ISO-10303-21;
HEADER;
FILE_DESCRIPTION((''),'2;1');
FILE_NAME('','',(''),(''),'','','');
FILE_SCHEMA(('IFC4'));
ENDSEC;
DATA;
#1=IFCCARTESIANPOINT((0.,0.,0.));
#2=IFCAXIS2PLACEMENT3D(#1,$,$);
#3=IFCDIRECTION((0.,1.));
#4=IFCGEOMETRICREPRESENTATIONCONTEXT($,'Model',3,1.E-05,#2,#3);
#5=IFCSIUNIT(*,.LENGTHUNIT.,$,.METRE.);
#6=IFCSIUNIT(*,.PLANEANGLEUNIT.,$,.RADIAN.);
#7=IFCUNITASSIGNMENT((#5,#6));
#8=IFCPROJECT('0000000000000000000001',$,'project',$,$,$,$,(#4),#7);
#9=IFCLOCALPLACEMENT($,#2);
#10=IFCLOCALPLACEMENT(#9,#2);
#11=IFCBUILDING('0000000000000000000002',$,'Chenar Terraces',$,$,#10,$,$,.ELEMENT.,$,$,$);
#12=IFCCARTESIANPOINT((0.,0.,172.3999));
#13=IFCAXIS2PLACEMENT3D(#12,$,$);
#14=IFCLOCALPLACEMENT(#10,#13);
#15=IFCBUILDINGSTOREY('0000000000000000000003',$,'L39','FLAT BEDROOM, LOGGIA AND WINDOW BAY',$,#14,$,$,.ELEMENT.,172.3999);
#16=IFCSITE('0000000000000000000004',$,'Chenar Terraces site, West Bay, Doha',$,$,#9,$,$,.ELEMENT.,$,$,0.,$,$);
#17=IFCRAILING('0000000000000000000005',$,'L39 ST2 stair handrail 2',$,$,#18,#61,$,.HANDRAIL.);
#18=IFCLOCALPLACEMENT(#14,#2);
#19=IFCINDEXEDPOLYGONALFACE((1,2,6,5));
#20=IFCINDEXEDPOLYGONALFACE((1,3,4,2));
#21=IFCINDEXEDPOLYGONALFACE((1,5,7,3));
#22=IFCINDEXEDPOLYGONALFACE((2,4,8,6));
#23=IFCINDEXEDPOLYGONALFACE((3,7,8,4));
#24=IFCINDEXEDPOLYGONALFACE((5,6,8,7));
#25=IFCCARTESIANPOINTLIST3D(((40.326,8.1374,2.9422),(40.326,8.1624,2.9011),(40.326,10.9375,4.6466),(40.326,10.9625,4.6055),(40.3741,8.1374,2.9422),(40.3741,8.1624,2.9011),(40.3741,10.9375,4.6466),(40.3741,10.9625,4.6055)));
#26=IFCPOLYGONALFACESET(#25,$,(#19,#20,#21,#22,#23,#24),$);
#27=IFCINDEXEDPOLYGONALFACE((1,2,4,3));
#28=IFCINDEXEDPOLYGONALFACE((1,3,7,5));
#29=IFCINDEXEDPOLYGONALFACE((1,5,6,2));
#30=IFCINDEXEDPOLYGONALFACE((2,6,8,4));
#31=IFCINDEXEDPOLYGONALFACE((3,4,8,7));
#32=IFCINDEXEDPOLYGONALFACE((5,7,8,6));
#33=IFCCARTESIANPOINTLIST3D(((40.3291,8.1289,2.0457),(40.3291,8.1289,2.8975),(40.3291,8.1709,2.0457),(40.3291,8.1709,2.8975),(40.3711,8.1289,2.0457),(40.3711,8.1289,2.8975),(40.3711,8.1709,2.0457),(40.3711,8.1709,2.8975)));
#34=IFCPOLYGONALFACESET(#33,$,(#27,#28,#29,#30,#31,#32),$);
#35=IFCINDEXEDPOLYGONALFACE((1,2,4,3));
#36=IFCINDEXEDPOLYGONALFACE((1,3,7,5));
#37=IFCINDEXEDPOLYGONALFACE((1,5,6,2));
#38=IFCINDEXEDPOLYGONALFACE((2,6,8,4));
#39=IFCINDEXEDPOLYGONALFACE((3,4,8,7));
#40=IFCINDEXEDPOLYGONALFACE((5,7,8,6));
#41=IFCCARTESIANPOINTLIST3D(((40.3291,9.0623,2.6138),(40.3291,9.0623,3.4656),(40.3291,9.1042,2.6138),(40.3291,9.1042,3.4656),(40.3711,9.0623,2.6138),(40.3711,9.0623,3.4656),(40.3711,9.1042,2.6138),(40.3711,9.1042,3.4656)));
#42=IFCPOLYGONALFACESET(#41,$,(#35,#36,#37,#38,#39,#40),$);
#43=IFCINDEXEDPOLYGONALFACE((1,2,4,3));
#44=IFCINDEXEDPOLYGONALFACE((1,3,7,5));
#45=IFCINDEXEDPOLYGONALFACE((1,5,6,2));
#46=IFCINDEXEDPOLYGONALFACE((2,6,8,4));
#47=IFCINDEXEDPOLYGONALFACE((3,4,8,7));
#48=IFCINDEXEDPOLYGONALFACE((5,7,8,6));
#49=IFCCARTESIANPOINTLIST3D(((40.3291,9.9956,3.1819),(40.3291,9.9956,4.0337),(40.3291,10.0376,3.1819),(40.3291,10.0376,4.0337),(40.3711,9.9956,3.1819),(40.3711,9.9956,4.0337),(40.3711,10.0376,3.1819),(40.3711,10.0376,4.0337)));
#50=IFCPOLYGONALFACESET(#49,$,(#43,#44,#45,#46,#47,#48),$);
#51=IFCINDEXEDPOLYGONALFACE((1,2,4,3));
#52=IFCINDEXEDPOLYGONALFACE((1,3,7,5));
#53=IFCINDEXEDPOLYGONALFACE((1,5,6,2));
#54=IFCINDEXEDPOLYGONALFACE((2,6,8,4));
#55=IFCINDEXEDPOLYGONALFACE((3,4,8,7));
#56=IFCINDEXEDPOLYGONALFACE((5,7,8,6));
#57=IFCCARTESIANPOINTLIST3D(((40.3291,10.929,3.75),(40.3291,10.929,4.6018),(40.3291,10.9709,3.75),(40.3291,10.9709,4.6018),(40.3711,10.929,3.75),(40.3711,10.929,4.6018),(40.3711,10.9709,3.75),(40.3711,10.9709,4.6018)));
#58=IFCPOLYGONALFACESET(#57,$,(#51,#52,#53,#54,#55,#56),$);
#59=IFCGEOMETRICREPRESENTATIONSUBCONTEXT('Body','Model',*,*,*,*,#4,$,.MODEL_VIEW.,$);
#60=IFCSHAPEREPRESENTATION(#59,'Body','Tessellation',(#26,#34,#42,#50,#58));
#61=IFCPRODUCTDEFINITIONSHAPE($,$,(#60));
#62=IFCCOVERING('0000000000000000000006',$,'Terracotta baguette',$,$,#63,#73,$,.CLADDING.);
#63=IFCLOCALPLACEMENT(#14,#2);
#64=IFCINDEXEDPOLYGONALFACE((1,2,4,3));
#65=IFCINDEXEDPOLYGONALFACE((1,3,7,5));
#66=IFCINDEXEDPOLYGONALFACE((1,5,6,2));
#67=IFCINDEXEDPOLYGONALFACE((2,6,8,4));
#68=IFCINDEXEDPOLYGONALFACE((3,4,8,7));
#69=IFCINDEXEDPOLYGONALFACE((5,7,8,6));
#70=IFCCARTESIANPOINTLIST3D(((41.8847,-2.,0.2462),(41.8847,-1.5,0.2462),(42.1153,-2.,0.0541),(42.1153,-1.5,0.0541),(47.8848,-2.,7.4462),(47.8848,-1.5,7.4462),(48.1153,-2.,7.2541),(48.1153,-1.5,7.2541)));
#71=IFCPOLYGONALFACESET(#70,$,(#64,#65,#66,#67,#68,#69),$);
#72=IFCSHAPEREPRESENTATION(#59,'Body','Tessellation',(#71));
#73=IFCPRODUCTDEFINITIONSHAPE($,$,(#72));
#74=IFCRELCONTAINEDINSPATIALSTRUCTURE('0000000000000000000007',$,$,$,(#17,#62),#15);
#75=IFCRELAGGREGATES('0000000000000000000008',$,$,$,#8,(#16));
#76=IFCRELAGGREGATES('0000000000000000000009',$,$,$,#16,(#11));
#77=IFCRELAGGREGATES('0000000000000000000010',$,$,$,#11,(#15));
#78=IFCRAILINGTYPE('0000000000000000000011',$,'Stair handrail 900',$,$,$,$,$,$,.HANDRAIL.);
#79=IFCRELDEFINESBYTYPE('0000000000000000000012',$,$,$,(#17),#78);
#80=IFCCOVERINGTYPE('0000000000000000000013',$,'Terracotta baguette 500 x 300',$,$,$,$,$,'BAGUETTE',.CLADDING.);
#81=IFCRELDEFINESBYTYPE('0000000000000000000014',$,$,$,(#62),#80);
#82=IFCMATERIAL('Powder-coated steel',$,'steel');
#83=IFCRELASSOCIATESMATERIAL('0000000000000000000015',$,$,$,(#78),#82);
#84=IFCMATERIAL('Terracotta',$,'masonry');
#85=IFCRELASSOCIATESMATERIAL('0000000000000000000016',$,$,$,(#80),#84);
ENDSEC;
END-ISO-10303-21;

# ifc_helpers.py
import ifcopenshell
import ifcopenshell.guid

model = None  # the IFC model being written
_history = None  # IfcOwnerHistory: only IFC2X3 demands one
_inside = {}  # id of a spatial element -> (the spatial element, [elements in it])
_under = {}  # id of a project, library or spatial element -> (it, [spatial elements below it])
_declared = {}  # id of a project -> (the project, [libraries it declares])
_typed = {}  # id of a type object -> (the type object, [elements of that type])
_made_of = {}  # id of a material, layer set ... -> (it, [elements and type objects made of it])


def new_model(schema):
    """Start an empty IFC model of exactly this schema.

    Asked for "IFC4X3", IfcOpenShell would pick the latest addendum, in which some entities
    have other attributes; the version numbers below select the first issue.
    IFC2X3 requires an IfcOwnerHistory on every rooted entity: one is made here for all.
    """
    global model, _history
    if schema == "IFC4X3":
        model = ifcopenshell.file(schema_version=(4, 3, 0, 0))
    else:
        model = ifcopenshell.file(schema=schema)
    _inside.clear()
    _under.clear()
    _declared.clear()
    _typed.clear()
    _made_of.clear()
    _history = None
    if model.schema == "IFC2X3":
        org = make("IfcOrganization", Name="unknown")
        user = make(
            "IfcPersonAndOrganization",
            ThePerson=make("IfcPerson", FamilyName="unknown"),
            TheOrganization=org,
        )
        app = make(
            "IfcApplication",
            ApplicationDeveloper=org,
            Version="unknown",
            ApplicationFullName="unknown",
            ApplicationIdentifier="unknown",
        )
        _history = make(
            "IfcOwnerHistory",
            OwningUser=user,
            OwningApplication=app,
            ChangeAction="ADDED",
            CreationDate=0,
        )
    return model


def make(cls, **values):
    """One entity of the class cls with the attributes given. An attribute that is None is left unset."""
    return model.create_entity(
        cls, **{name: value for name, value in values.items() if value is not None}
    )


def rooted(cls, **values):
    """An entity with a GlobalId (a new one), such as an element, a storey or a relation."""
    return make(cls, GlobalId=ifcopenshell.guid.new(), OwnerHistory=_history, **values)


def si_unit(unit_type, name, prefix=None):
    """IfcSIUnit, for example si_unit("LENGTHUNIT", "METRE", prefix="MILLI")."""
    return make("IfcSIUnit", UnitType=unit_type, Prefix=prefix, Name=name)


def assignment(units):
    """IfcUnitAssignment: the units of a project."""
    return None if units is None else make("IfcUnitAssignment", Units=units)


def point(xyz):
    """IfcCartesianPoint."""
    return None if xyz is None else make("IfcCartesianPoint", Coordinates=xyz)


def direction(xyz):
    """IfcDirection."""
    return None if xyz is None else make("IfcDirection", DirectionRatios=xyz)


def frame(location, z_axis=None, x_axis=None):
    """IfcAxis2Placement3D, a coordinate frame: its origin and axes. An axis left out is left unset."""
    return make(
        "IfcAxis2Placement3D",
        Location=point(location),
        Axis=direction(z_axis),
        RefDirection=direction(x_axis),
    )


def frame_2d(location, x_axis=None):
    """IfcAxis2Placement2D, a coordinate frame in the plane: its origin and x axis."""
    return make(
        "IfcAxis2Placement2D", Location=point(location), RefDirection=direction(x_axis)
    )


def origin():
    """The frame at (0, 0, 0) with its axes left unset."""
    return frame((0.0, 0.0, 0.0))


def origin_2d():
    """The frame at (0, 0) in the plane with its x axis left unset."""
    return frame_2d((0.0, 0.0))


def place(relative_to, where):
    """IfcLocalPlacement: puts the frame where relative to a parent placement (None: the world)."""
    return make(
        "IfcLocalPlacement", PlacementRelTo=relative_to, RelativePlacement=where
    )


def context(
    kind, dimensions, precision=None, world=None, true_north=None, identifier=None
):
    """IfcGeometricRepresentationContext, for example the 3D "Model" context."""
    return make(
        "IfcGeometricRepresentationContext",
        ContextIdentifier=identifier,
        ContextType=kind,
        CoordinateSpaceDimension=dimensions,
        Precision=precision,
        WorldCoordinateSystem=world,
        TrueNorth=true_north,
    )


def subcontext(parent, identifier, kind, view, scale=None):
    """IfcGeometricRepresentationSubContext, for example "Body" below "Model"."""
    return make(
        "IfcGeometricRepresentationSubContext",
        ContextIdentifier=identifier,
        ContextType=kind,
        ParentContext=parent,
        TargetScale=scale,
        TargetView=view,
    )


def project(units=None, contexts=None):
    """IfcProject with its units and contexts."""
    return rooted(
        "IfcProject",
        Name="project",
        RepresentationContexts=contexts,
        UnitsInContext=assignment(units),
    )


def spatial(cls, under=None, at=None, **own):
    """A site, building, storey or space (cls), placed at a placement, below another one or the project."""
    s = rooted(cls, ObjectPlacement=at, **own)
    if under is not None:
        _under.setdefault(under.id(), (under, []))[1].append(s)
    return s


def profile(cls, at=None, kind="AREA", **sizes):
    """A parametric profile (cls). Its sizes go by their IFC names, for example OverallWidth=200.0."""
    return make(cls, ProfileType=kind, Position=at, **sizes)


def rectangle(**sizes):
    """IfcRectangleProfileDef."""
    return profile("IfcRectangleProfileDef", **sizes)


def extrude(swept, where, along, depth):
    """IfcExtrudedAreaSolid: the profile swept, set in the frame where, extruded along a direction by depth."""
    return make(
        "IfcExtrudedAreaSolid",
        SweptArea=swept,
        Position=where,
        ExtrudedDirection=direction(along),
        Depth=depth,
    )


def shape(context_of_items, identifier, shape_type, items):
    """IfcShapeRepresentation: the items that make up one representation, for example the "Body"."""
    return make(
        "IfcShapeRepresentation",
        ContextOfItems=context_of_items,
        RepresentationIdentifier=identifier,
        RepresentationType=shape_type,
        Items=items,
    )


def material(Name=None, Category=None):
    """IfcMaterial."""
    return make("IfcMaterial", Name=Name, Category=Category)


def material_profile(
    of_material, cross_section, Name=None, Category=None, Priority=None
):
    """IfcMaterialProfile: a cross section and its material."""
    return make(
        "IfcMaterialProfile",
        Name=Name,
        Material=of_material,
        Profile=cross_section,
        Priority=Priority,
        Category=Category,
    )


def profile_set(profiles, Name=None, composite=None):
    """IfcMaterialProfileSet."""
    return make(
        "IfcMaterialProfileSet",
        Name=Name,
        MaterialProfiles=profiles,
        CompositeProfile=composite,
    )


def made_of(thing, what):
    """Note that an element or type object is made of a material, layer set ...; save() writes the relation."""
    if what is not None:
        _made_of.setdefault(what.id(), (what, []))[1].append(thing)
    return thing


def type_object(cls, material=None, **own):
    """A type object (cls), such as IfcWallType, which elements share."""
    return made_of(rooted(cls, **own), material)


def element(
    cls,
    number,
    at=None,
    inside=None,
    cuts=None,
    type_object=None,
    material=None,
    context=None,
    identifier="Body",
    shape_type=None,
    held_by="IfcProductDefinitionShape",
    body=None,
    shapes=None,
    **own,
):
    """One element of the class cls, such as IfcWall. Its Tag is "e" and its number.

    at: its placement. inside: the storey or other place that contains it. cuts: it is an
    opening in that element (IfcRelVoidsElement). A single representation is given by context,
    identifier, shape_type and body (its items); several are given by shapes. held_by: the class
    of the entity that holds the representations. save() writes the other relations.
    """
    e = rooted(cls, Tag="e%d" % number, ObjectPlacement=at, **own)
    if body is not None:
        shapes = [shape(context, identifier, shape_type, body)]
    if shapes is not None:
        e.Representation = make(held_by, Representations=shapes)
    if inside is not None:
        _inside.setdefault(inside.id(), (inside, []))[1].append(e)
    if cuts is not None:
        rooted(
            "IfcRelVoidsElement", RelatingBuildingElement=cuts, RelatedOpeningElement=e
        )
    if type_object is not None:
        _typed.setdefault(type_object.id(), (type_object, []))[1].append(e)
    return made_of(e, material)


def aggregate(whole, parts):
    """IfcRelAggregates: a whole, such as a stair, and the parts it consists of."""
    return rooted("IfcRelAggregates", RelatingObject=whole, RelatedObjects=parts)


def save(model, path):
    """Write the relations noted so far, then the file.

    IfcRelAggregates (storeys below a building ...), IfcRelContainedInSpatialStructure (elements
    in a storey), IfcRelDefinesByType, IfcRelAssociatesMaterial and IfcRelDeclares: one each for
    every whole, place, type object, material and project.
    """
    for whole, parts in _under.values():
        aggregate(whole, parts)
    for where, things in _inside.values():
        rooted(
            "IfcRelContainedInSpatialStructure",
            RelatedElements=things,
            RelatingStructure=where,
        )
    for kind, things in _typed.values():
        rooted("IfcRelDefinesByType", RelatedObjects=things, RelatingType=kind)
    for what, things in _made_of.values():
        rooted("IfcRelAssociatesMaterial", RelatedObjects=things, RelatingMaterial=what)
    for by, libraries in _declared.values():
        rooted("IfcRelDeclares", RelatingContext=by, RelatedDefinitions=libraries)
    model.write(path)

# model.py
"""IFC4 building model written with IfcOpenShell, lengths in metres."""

from ifc_helpers import new_model, si_unit, direction, frame, origin, origin_2d, place, context, subcontext, project, spatial, rectangle, extrude, material, material_profile, profile_set, type_object, element, save


model = new_model("IFC4")

# Units and contexts
model_context = context("Model", 3, precision=1e-05, world=origin(), true_north=direction((0.0, 1.0)))
body_context = subcontext(model_context, "Body", "Model", "MODEL_VIEW")
ifc_project = project(units=[si_unit("LENGTHUNIT", "METRE"), si_unit("PLANEANGLEUNIT", "RADIAN")], contexts=[model_context])

# Site, building, storey
site_placement = place(None, origin())
site = spatial("IfcSite", under=ifc_project, at=site_placement, Name="Chenar Terraces site, West Bay, Doha", CompositionType="ELEMENT", RefElevation=0.0)
building_placement = place(site_placement, origin())
building = spatial("IfcBuilding", under=site, at=building_placement, Name="Chenar Terraces", CompositionType="ELEMENT")
storey_placement = place(building_placement, frame((0.0, 0.0, 172.3999)))
storey = spatial("IfcBuildingStorey", under=building, at=storey_placement, Name="L39", Description="FLAT BEDROOM, LOGGIA AND WINDOW BAY", CompositionType="ELEMENT", Elevation=172.3999)

# Railing
ifc_material_1 = material(Name="Powder-coated steel", Category="steel")
railing_type_1 = type_object("IfcRailingType", Name="Stair handrail 900", PredefinedType="HANDRAIL", material=ifc_material_1)
railing_1_placement = place(storey_placement, frame((40.3501, 8.1499, 2.0457)))
element("IfcRailing", 1, at=railing_1_placement, inside=storey, type_object=railing_type_1, Name="L39 ST2 stair handrail 2", PredefinedType="HANDRAIL", context=body_context, shape_type="SweptSolid", body=[
    extrude(rectangle(XDim=0.0481, YDim=0.0481, at=origin_2d()), frame((0.0, 0.0, 0.876), z_axis=(0.0, 0.854203, 0.51994), x_axis=(-1.0, 0.0, 0.0)), (0.0, 0.0, 1.0), 3.2781),
    extrude(rectangle(XDim=0.042, YDim=0.042, at=origin_2d()), origin(), (0.0, 0.0, 1.0), 0.8518),
    extrude(rectangle(XDim=0.042, YDim=0.042, at=origin_2d()), frame((0.0, 0.9333, 0.5681)), (0.0, 0.0, 1.0), 0.8518),
    extrude(rectangle(XDim=0.042, YDim=0.042, at=origin_2d()), frame((0.0, 1.8667, 1.1362)), (0.0, 0.0, 1.0), 0.8518),
    extrude(rectangle(XDim=0.042, YDim=0.042, at=origin_2d()), frame((0.0, 2.8, 1.7043)), (0.0, 0.0, 1.0), 0.8518),
])

# Covering
ifc_material_2 = material(Name="Terracotta", Category="masonry")
ifc_material_profile_1 = material_profile(ifc_material_2, rectangle(XDim=0.5, YDim=0.3, at=origin_2d()), Name="Terracotta baguette 500 x 300")
ifc_profile_set_1 = profile_set([ifc_material_profile_1], Name="Terracotta")
covering_type = type_object("IfcCoveringType", Name="Terracotta baguette 500 x 300", ElementType="BAGUETTE", PredefinedType="CLADDING", material=ifc_profile_set_1)
covering_placement = place(storey_placement, frame((42.0, -1.75, 0.1501), z_axis=(0.640187, 0.0, 0.768219), x_axis=(0.0, 1.0, 0.0)))
element("IfcCovering", 2, at=covering_placement, inside=storey, type_object=covering_type, Name="Terracotta baguette", PredefinedType="CLADDING", context=body_context, shape_type="SweptSolid", body=[
    extrude(rectangle(XDim=0.5, YDim=0.3, at=origin_2d()), origin(), (0.0, 0.0, 1.0), 9.3723),
])

save(model, "model.ifc")
